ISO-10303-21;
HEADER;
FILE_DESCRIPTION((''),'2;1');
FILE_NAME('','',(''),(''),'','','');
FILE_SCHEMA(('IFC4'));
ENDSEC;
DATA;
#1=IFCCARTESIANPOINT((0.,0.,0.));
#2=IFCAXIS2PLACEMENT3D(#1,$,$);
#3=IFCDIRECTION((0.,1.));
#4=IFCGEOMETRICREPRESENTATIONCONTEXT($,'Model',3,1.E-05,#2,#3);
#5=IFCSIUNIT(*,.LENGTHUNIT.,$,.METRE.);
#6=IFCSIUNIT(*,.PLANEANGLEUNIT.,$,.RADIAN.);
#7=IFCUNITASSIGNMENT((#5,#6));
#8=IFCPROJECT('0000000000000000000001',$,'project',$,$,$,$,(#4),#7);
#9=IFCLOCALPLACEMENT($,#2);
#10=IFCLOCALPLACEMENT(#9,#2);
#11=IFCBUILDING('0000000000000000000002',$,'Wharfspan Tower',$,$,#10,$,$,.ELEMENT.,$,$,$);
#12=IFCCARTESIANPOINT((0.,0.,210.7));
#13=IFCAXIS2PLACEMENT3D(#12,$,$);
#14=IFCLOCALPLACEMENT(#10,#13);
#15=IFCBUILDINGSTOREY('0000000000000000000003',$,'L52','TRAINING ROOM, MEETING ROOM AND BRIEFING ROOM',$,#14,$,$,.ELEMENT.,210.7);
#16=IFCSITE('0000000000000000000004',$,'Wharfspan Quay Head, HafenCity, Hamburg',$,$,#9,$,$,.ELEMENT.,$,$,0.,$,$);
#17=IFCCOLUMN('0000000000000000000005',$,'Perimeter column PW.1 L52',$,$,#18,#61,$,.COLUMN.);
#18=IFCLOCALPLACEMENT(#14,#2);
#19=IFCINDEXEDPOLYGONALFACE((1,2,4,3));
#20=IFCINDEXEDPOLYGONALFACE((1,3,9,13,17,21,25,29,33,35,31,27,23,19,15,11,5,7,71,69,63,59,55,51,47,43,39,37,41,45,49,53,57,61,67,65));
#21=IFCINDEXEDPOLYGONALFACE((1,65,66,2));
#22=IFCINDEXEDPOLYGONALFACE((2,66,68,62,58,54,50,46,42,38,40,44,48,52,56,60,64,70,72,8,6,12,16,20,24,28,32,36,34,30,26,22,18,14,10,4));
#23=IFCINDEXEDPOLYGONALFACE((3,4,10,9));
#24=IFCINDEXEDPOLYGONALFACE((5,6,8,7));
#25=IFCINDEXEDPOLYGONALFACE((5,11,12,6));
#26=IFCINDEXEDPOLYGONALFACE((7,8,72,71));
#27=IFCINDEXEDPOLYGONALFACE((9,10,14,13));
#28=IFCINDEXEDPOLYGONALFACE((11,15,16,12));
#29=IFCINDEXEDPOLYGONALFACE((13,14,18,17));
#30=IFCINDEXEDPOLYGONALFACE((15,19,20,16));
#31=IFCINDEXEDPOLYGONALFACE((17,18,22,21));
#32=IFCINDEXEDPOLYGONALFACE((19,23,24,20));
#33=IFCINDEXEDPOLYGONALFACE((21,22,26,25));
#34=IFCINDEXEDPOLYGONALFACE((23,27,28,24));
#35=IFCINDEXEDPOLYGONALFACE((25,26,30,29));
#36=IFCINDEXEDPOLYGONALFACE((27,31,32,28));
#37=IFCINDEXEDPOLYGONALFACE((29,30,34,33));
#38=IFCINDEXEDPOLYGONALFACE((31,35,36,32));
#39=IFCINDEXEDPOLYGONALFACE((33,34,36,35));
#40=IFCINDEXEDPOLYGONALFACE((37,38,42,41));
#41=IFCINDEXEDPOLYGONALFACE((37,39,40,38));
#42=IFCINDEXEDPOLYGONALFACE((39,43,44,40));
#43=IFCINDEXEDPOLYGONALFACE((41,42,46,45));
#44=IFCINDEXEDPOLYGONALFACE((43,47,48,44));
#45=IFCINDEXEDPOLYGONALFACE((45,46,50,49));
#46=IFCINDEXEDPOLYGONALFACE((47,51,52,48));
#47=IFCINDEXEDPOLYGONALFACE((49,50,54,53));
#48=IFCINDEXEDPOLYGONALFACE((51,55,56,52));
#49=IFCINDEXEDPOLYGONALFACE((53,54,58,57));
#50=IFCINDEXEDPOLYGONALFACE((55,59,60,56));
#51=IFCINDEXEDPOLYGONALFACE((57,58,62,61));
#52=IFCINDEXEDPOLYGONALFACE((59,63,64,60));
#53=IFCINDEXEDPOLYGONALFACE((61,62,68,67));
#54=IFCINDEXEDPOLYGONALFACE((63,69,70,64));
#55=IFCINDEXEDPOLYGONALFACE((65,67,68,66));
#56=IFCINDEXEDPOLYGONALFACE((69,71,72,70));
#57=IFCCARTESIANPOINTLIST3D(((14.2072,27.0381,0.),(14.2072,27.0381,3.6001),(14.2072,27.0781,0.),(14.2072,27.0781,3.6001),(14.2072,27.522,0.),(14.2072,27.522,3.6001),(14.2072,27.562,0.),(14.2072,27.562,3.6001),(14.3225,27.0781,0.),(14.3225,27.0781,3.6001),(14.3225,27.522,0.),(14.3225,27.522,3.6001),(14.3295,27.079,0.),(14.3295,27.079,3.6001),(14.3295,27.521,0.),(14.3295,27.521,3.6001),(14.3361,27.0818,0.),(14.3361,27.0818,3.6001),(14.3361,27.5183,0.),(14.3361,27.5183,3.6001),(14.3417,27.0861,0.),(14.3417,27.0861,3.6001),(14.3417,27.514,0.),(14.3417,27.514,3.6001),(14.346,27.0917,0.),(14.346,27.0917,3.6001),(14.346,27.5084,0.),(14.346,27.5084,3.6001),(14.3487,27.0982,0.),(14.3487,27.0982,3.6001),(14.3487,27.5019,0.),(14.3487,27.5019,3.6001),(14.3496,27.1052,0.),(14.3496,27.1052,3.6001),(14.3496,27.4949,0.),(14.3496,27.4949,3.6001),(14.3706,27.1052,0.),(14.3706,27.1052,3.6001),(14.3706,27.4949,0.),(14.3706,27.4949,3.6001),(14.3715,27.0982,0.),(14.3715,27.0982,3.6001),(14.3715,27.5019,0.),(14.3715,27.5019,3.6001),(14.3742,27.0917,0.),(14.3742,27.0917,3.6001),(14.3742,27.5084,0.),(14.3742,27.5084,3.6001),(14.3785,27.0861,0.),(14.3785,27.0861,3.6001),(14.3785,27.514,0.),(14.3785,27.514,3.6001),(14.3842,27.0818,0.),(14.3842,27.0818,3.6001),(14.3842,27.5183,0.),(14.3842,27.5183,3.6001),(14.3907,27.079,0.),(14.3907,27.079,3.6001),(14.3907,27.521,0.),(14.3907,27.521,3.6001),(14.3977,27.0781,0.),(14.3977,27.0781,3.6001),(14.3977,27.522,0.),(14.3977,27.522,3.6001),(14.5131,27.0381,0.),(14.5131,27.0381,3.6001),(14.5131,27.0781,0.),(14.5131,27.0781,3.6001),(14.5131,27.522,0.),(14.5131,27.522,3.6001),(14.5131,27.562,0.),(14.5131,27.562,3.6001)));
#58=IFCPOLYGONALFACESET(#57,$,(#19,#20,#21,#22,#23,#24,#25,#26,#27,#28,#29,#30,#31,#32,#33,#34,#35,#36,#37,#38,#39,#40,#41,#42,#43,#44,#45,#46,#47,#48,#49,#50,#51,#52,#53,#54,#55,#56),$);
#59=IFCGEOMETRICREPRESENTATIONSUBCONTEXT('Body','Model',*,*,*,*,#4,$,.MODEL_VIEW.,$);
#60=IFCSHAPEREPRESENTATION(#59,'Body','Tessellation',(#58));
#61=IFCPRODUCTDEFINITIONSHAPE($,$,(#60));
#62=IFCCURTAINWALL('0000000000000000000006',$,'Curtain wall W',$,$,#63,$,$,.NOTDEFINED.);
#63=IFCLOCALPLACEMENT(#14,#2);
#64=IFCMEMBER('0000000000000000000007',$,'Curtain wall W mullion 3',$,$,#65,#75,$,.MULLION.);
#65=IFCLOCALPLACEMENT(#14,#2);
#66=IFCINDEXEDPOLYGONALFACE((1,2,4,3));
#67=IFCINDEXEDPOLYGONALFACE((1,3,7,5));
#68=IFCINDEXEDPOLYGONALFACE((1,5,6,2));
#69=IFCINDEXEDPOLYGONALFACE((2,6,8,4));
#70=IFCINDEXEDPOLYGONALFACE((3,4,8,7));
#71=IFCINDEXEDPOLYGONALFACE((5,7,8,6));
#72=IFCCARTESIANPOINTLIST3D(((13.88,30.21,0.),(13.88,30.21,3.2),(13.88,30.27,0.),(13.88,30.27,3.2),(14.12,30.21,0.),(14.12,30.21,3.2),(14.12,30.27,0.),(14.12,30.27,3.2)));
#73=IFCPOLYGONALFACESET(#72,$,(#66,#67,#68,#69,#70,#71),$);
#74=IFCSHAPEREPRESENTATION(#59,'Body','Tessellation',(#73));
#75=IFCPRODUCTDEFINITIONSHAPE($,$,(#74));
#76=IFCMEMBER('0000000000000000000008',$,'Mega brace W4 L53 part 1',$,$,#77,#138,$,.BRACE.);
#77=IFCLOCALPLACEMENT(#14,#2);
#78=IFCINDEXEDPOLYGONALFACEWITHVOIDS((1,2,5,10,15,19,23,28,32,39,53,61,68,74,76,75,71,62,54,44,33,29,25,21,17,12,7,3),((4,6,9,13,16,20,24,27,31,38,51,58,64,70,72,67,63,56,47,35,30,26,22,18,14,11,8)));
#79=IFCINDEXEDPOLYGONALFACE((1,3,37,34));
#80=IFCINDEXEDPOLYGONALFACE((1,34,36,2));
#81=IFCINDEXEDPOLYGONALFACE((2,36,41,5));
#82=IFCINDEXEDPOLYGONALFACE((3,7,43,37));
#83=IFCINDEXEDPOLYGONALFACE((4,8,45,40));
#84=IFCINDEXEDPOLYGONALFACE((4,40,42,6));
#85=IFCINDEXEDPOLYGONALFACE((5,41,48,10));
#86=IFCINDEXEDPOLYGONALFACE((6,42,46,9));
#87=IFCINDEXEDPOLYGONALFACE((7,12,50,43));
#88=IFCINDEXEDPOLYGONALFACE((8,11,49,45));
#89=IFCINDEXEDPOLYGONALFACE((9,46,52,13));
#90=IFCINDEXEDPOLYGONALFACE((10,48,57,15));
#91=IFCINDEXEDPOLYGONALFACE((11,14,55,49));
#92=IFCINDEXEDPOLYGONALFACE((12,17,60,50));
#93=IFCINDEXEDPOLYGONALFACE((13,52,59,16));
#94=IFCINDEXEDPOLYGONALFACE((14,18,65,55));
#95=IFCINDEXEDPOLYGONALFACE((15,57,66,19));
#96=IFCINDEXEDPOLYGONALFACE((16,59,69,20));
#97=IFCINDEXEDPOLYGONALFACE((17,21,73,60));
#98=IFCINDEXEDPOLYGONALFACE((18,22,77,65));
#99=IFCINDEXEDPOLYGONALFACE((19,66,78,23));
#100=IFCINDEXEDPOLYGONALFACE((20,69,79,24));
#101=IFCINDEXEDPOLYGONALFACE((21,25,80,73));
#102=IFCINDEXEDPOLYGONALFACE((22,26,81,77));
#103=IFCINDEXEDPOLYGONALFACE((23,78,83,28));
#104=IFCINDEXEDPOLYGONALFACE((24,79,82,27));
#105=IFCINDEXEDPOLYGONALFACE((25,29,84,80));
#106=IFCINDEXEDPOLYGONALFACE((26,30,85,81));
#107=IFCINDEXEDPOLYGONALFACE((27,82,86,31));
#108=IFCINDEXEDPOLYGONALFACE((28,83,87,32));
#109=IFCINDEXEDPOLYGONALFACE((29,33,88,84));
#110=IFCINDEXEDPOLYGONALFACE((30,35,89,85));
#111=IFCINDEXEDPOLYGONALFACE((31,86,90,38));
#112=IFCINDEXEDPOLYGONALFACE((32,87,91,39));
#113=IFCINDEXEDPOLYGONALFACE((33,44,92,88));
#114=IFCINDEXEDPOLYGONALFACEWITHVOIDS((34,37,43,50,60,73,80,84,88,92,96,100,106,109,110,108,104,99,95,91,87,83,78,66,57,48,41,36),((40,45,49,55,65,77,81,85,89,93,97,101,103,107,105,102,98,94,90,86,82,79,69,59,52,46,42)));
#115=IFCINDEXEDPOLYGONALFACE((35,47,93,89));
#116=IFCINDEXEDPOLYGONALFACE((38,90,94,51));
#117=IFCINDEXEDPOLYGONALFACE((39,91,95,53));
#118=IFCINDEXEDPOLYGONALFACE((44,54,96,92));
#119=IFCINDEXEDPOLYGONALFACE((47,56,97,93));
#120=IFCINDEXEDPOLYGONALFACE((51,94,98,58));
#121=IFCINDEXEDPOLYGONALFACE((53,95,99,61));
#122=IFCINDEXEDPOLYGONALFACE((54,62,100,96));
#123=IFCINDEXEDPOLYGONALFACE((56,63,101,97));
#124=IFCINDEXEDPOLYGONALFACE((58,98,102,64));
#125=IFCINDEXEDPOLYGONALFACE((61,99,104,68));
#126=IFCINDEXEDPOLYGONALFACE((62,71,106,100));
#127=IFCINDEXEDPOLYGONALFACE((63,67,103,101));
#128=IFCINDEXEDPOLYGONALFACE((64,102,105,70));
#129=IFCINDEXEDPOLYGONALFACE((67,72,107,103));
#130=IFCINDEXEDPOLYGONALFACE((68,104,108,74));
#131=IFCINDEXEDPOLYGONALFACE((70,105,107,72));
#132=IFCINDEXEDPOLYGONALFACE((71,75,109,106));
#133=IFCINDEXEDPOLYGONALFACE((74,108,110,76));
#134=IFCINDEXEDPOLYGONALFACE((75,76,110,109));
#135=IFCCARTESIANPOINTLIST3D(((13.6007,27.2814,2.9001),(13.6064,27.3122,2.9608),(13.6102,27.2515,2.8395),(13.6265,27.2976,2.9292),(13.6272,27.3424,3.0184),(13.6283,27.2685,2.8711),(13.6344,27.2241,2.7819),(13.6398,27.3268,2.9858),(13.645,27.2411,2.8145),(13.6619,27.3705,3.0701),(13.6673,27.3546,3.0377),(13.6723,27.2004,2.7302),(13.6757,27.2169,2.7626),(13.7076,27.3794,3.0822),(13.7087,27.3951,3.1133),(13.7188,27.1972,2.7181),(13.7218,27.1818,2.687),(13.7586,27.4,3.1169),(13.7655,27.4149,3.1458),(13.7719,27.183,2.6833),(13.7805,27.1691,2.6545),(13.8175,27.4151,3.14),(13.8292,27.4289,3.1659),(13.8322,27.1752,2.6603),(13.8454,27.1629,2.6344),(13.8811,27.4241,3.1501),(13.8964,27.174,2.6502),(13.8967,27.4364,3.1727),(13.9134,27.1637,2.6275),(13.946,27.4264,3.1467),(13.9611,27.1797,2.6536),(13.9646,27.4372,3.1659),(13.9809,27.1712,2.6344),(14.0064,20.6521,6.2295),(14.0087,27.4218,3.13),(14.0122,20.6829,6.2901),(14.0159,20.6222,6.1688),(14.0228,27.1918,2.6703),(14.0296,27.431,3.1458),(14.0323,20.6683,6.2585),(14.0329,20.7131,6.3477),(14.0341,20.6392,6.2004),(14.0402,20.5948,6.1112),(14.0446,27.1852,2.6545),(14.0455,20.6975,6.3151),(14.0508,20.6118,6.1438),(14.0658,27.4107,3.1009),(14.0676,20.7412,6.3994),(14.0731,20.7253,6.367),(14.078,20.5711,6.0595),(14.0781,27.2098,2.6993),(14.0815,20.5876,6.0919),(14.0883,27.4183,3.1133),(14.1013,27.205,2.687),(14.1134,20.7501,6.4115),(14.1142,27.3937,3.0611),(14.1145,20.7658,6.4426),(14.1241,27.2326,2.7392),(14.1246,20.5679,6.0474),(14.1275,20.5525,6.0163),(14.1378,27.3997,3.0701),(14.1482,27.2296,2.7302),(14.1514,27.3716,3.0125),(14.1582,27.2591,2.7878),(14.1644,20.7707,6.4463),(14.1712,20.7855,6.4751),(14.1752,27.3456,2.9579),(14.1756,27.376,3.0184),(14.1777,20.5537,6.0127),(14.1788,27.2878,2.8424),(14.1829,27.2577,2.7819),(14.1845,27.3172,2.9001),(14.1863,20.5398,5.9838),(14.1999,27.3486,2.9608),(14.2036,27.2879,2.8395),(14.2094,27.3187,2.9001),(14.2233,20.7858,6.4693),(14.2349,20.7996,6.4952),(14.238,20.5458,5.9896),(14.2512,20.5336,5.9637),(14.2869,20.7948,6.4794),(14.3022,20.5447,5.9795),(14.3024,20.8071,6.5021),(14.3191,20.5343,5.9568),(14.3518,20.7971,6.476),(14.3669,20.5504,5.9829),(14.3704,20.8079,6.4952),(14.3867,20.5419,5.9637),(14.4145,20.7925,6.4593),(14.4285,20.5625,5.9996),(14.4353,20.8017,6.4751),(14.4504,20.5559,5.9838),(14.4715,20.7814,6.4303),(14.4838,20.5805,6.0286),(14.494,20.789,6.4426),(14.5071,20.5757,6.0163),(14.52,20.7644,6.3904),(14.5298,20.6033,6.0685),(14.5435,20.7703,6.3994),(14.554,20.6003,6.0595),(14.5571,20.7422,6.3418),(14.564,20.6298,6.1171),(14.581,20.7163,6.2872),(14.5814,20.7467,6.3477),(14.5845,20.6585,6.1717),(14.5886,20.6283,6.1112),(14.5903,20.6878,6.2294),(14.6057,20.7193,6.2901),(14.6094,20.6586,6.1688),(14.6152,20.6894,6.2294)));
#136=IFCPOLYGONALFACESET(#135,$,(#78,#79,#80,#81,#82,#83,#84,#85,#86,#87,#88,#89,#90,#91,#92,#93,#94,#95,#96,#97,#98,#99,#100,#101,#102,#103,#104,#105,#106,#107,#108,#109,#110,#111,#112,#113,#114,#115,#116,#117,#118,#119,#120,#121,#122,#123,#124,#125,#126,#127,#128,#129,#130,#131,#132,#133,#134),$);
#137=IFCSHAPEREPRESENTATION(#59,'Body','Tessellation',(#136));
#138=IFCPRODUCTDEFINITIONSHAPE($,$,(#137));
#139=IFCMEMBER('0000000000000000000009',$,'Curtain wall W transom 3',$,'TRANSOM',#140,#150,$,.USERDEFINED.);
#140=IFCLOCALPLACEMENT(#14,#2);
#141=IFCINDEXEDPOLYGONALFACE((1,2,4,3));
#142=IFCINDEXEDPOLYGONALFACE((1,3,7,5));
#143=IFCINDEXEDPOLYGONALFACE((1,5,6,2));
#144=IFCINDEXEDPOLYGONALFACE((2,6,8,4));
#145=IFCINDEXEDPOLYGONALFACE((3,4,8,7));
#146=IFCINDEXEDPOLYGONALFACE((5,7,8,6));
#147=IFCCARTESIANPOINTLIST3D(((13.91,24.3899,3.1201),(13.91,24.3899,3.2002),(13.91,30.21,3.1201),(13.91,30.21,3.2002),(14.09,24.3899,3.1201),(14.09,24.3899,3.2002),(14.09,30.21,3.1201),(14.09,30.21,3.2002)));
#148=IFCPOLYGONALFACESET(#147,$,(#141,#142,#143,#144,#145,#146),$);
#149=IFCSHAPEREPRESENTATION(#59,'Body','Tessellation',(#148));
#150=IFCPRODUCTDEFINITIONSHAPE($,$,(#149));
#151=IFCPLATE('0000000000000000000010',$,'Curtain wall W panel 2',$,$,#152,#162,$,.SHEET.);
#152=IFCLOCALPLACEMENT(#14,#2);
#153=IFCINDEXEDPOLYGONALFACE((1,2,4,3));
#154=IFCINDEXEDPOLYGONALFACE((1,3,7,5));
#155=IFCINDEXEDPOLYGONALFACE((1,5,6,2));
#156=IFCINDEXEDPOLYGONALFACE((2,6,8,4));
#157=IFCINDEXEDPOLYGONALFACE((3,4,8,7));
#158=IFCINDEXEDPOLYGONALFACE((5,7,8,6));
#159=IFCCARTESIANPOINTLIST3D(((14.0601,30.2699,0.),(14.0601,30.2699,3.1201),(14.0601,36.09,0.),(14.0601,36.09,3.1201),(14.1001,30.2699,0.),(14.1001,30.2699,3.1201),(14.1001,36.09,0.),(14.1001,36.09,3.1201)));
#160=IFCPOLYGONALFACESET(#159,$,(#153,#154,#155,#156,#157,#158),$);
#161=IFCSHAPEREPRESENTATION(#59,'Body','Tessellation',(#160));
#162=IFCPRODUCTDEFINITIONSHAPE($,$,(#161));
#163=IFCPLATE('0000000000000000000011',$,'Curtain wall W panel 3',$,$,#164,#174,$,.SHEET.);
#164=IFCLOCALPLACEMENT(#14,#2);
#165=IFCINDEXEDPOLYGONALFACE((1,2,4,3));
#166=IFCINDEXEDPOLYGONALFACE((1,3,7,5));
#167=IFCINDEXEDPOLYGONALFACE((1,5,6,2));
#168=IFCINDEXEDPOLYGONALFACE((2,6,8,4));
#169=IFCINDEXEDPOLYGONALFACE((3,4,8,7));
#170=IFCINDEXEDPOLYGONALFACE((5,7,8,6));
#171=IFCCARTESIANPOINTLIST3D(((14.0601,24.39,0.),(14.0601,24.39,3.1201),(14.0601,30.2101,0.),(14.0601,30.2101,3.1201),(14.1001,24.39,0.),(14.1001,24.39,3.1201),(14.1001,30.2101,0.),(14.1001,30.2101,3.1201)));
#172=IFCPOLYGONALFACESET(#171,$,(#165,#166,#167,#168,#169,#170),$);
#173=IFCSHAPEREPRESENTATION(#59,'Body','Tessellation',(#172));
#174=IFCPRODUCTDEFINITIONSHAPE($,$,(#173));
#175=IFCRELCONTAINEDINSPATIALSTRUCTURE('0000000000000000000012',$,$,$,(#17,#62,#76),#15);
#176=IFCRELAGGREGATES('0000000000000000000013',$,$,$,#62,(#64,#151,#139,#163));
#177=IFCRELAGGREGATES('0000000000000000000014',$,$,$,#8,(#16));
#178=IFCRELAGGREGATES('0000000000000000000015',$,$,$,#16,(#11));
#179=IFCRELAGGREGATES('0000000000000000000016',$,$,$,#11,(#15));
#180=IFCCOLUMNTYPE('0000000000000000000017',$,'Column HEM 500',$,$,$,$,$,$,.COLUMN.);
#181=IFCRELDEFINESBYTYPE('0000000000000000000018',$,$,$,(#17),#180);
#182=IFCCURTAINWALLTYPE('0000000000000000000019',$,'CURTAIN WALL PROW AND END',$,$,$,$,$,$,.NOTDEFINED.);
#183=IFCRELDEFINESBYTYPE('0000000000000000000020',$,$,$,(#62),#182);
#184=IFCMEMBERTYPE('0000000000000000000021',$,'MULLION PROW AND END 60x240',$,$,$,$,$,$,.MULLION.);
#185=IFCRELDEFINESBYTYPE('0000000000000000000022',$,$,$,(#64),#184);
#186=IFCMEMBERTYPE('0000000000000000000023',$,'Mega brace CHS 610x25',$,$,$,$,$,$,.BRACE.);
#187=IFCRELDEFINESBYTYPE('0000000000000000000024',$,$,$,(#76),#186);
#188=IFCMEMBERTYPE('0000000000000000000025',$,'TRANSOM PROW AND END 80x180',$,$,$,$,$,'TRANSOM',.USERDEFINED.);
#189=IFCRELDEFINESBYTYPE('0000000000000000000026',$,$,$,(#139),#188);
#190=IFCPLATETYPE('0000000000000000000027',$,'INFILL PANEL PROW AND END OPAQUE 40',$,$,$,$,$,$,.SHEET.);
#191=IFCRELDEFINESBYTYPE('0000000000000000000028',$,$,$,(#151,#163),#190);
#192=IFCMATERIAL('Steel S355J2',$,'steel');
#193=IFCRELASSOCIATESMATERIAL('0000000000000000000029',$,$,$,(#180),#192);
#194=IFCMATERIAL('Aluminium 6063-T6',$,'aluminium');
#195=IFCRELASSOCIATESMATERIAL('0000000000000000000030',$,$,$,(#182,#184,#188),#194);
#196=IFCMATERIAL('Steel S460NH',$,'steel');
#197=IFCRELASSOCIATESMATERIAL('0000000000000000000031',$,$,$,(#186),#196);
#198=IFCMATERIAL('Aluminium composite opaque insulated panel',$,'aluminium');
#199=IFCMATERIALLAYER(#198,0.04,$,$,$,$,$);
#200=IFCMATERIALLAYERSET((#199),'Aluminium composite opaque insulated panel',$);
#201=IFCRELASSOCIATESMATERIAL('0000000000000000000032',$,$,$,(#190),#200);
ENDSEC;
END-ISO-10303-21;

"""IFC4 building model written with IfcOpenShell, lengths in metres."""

from ifc_helpers import new_model, si_unit, direction, frame, origin, origin_2d, place, context, subcontext, project, spatial, rectangle, hollow_circle, i_section, extrude, material, layer, layer_set, material_profile, profile_set, type_object, element, aggregate, save


model = new_model("IFC4")

# Units and contexts
model_context = context("Model", 3, precision=1e-05, world=origin(), true_north=direction((0.0, 1.0)))
body_context = subcontext(model_context, "Body", "Model", "MODEL_VIEW")
ifc_project = project(units=[si_unit("LENGTHUNIT", "METRE"), si_unit("PLANEANGLEUNIT", "RADIAN")], contexts=[model_context])

# Site, building, storey
site_placement = place(None, origin())
site = spatial("IfcSite", under=ifc_project, at=site_placement, Name="Wharfspan Quay Head, HafenCity, Hamburg", CompositionType="ELEMENT", RefElevation=0.0)
building_placement = place(site_placement, origin())
building = spatial("IfcBuilding", under=site, at=building_placement, Name="Wharfspan Tower", CompositionType="ELEMENT")
storey_placement = place(building_placement, frame((0.0, 0.0, 210.7)))
storey = spatial("IfcBuildingStorey", under=building, at=storey_placement, Name="L52", Description="TRAINING ROOM, MEETING ROOM AND BRIEFING ROOM", CompositionType="ELEMENT", Elevation=210.7)

# Column
ifc_material_1 = material(Name="Steel S355J2", Category="steel")
ifc_material_profile_1 = material_profile(ifc_material_1, i_section(OverallWidth=0.3059, OverallDepth=0.5239, WebThickness=0.021, FlangeThickness=0.04, FilletRadius=0.0271, at=origin_2d()))
ifc_profile_set_1 = profile_set([ifc_material_profile_1], Name="Steel S355J2")
column_type = type_object("IfcColumnType", Name="Column HEM 500", PredefinedType="COLUMN", material=ifc_profile_set_1)
column_placement = place(storey_placement, frame((14.3601, 27.3, 0.0), z_axis=(0.0, 0.0, 1.0), x_axis=(-1.0, 0.0, 0.0)))
element("IfcColumn", 1, at=column_placement, inside=storey, type_object=column_type, Name="Perimeter column PW.1 L52", PredefinedType="COLUMN", context=body_context, shape_type="SweptSolid", body=[
    extrude(i_section(OverallWidth=0.3059, OverallDepth=0.5239, WebThickness=0.021, FlangeThickness=0.04, FilletRadius=0.0271, at=origin_2d()), origin(), (0.0, 0.0, 1.0), 3.6001),
])

# Curtain wall, member
ifc_material_2 = material(Name="Aluminium 6063-T6", Category="aluminium")
curtain_wall_type = type_object("IfcCurtainWallType", Name="CURTAIN WALL PROW AND END", PredefinedType="NOTDEFINED", material=ifc_material_2)
curtain_wall_placement = place(storey_placement, origin())
curtain_wall = element("IfcCurtainWall", 2, at=curtain_wall_placement, inside=storey, type_object=curtain_wall_type, Name="Curtain wall W", PredefinedType="NOTDEFINED")
ifc_material_profile_2 = material_profile(ifc_material_2, rectangle(XDim=0.24, YDim=0.0601, at=origin_2d()))
ifc_profile_set_2 = profile_set([ifc_material_profile_2], Name="Aluminium 6063-T6")
member_type_1 = type_object("IfcMemberType", Name="MULLION PROW AND END 60x240", PredefinedType="MULLION", material=ifc_profile_set_2)
member_1_placement = place(storey_placement, frame((14.0, 30.24, 0.0), z_axis=(0.0, 0.0, 1.0), x_axis=(1.0, 0.0, 0.0)))
member_1 = element("IfcMember", 3, at=member_1_placement, type_object=member_type_1, Name="Curtain wall W mullion 3", PredefinedType="MULLION", context=body_context, shape_type="SweptSolid", body=[
    extrude(rectangle(XDim=0.24, YDim=0.0601, at=origin_2d()), origin(), (0.0, 0.0, 1.0), 3.2),
])

# Members
ifc_material_3 = material(Name="Steel S460NH", Category="steel")
ifc_material_profile_3 = material_profile(ifc_material_3, hollow_circle(Radius=0.3049, WallThickness=0.0249, at=origin_2d()))
ifc_profile_set_3 = profile_set([ifc_material_profile_3], Name="Steel S460NH")
member_type_2 = type_object("IfcMemberType", Name="Mega brace CHS 610x25", PredefinedType="BRACE", material=ifc_profile_set_3)
member_2_placement = place(storey_placement, frame((13.905, 27.3, 2.9001), z_axis=(0.054615, -0.892302, 0.448123), x_axis=(0.998132, 0.061091, -0.000003)))
element("IfcMember", 4, at=member_2_placement, inside=storey, type_object=member_type_2, Name="Mega brace W4 L53 part 1", PredefinedType="BRACE", context=body_context, shape_type="SweptSolid", body=[
    extrude(hollow_circle(Radius=0.3049, WallThickness=0.0249, at=origin_2d()), origin(), (0.0, 0.0, 1.0), 7.4294),
])
ifc_material_profile_4 = material_profile(ifc_material_2, rectangle(XDim=0.1799, YDim=0.0801, at=origin_2d()))
ifc_profile_set_4 = profile_set([ifc_material_profile_4], Name="Aluminium 6063-T6")
member_type_3 = type_object("IfcMemberType", Name="TRANSOM PROW AND END 80x180", ElementType="TRANSOM", PredefinedType="USERDEFINED", material=ifc_profile_set_4)
member_3_placement = place(storey_placement, frame((14.0, 30.21, 3.1602), z_axis=(0.0, -1.0, 0.0), x_axis=(1.0, 0.0, 0.0)))
member_3 = element("IfcMember", 5, at=member_3_placement, type_object=member_type_3, Name="Curtain wall W transom 3", ObjectType="TRANSOM", PredefinedType="USERDEFINED", context=body_context, shape_type="SweptSolid", body=[
    extrude(rectangle(XDim=0.1799, YDim=0.0801, at=origin_2d()), origin(), (0.0, 0.0, 1.0), 5.8201),
])

# Plates
ifc_material_4 = material(Name="Aluminium composite opaque insulated panel", Category="aluminium")
ifc_layer_1 = layer(ifc_material_4, 0.04)
ifc_layer_set_1 = layer_set([ifc_layer_1], Name="Aluminium composite opaque insulated panel")
plate_type = type_object("IfcPlateType", Name="INFILL PANEL PROW AND END OPAQUE 40", PredefinedType="SHEET", material=ifc_layer_set_1)
plate_1_placement = place(storey_placement, frame((14.0801, 33.1799, 0.0), z_axis=(0.0, 0.0, 1.0), x_axis=(0.0, -1.0, 0.0)))
plate_1 = element("IfcPlate", 6, at=plate_1_placement, type_object=plate_type, Name="Curtain wall W panel 2", PredefinedType="SHEET", context=body_context, shape_type="SweptSolid", body=[
    extrude(rectangle(XDim=5.8201, YDim=0.04, at=origin_2d()), origin(), (0.0, 0.0, 1.0), 3.1201),
])
plate_2_placement = place(storey_placement, frame((14.0801, 27.3, 0.0), z_axis=(0.0, 0.0, 1.0), x_axis=(0.0, -1.0, 0.0)))
plate_2 = element("IfcPlate", 7, at=plate_2_placement, type_object=plate_type, Name="Curtain wall W panel 3", PredefinedType="SHEET", context=body_context, shape_type="SweptSolid", body=[
    extrude(rectangle(XDim=5.8201, YDim=0.04, at=origin_2d()), origin(), (0.0, 0.0, 1.0), 3.1201),
])
aggregate(curtain_wall, [member_1, plate_1, member_3, plate_2])

save(model, "model.ifc")
